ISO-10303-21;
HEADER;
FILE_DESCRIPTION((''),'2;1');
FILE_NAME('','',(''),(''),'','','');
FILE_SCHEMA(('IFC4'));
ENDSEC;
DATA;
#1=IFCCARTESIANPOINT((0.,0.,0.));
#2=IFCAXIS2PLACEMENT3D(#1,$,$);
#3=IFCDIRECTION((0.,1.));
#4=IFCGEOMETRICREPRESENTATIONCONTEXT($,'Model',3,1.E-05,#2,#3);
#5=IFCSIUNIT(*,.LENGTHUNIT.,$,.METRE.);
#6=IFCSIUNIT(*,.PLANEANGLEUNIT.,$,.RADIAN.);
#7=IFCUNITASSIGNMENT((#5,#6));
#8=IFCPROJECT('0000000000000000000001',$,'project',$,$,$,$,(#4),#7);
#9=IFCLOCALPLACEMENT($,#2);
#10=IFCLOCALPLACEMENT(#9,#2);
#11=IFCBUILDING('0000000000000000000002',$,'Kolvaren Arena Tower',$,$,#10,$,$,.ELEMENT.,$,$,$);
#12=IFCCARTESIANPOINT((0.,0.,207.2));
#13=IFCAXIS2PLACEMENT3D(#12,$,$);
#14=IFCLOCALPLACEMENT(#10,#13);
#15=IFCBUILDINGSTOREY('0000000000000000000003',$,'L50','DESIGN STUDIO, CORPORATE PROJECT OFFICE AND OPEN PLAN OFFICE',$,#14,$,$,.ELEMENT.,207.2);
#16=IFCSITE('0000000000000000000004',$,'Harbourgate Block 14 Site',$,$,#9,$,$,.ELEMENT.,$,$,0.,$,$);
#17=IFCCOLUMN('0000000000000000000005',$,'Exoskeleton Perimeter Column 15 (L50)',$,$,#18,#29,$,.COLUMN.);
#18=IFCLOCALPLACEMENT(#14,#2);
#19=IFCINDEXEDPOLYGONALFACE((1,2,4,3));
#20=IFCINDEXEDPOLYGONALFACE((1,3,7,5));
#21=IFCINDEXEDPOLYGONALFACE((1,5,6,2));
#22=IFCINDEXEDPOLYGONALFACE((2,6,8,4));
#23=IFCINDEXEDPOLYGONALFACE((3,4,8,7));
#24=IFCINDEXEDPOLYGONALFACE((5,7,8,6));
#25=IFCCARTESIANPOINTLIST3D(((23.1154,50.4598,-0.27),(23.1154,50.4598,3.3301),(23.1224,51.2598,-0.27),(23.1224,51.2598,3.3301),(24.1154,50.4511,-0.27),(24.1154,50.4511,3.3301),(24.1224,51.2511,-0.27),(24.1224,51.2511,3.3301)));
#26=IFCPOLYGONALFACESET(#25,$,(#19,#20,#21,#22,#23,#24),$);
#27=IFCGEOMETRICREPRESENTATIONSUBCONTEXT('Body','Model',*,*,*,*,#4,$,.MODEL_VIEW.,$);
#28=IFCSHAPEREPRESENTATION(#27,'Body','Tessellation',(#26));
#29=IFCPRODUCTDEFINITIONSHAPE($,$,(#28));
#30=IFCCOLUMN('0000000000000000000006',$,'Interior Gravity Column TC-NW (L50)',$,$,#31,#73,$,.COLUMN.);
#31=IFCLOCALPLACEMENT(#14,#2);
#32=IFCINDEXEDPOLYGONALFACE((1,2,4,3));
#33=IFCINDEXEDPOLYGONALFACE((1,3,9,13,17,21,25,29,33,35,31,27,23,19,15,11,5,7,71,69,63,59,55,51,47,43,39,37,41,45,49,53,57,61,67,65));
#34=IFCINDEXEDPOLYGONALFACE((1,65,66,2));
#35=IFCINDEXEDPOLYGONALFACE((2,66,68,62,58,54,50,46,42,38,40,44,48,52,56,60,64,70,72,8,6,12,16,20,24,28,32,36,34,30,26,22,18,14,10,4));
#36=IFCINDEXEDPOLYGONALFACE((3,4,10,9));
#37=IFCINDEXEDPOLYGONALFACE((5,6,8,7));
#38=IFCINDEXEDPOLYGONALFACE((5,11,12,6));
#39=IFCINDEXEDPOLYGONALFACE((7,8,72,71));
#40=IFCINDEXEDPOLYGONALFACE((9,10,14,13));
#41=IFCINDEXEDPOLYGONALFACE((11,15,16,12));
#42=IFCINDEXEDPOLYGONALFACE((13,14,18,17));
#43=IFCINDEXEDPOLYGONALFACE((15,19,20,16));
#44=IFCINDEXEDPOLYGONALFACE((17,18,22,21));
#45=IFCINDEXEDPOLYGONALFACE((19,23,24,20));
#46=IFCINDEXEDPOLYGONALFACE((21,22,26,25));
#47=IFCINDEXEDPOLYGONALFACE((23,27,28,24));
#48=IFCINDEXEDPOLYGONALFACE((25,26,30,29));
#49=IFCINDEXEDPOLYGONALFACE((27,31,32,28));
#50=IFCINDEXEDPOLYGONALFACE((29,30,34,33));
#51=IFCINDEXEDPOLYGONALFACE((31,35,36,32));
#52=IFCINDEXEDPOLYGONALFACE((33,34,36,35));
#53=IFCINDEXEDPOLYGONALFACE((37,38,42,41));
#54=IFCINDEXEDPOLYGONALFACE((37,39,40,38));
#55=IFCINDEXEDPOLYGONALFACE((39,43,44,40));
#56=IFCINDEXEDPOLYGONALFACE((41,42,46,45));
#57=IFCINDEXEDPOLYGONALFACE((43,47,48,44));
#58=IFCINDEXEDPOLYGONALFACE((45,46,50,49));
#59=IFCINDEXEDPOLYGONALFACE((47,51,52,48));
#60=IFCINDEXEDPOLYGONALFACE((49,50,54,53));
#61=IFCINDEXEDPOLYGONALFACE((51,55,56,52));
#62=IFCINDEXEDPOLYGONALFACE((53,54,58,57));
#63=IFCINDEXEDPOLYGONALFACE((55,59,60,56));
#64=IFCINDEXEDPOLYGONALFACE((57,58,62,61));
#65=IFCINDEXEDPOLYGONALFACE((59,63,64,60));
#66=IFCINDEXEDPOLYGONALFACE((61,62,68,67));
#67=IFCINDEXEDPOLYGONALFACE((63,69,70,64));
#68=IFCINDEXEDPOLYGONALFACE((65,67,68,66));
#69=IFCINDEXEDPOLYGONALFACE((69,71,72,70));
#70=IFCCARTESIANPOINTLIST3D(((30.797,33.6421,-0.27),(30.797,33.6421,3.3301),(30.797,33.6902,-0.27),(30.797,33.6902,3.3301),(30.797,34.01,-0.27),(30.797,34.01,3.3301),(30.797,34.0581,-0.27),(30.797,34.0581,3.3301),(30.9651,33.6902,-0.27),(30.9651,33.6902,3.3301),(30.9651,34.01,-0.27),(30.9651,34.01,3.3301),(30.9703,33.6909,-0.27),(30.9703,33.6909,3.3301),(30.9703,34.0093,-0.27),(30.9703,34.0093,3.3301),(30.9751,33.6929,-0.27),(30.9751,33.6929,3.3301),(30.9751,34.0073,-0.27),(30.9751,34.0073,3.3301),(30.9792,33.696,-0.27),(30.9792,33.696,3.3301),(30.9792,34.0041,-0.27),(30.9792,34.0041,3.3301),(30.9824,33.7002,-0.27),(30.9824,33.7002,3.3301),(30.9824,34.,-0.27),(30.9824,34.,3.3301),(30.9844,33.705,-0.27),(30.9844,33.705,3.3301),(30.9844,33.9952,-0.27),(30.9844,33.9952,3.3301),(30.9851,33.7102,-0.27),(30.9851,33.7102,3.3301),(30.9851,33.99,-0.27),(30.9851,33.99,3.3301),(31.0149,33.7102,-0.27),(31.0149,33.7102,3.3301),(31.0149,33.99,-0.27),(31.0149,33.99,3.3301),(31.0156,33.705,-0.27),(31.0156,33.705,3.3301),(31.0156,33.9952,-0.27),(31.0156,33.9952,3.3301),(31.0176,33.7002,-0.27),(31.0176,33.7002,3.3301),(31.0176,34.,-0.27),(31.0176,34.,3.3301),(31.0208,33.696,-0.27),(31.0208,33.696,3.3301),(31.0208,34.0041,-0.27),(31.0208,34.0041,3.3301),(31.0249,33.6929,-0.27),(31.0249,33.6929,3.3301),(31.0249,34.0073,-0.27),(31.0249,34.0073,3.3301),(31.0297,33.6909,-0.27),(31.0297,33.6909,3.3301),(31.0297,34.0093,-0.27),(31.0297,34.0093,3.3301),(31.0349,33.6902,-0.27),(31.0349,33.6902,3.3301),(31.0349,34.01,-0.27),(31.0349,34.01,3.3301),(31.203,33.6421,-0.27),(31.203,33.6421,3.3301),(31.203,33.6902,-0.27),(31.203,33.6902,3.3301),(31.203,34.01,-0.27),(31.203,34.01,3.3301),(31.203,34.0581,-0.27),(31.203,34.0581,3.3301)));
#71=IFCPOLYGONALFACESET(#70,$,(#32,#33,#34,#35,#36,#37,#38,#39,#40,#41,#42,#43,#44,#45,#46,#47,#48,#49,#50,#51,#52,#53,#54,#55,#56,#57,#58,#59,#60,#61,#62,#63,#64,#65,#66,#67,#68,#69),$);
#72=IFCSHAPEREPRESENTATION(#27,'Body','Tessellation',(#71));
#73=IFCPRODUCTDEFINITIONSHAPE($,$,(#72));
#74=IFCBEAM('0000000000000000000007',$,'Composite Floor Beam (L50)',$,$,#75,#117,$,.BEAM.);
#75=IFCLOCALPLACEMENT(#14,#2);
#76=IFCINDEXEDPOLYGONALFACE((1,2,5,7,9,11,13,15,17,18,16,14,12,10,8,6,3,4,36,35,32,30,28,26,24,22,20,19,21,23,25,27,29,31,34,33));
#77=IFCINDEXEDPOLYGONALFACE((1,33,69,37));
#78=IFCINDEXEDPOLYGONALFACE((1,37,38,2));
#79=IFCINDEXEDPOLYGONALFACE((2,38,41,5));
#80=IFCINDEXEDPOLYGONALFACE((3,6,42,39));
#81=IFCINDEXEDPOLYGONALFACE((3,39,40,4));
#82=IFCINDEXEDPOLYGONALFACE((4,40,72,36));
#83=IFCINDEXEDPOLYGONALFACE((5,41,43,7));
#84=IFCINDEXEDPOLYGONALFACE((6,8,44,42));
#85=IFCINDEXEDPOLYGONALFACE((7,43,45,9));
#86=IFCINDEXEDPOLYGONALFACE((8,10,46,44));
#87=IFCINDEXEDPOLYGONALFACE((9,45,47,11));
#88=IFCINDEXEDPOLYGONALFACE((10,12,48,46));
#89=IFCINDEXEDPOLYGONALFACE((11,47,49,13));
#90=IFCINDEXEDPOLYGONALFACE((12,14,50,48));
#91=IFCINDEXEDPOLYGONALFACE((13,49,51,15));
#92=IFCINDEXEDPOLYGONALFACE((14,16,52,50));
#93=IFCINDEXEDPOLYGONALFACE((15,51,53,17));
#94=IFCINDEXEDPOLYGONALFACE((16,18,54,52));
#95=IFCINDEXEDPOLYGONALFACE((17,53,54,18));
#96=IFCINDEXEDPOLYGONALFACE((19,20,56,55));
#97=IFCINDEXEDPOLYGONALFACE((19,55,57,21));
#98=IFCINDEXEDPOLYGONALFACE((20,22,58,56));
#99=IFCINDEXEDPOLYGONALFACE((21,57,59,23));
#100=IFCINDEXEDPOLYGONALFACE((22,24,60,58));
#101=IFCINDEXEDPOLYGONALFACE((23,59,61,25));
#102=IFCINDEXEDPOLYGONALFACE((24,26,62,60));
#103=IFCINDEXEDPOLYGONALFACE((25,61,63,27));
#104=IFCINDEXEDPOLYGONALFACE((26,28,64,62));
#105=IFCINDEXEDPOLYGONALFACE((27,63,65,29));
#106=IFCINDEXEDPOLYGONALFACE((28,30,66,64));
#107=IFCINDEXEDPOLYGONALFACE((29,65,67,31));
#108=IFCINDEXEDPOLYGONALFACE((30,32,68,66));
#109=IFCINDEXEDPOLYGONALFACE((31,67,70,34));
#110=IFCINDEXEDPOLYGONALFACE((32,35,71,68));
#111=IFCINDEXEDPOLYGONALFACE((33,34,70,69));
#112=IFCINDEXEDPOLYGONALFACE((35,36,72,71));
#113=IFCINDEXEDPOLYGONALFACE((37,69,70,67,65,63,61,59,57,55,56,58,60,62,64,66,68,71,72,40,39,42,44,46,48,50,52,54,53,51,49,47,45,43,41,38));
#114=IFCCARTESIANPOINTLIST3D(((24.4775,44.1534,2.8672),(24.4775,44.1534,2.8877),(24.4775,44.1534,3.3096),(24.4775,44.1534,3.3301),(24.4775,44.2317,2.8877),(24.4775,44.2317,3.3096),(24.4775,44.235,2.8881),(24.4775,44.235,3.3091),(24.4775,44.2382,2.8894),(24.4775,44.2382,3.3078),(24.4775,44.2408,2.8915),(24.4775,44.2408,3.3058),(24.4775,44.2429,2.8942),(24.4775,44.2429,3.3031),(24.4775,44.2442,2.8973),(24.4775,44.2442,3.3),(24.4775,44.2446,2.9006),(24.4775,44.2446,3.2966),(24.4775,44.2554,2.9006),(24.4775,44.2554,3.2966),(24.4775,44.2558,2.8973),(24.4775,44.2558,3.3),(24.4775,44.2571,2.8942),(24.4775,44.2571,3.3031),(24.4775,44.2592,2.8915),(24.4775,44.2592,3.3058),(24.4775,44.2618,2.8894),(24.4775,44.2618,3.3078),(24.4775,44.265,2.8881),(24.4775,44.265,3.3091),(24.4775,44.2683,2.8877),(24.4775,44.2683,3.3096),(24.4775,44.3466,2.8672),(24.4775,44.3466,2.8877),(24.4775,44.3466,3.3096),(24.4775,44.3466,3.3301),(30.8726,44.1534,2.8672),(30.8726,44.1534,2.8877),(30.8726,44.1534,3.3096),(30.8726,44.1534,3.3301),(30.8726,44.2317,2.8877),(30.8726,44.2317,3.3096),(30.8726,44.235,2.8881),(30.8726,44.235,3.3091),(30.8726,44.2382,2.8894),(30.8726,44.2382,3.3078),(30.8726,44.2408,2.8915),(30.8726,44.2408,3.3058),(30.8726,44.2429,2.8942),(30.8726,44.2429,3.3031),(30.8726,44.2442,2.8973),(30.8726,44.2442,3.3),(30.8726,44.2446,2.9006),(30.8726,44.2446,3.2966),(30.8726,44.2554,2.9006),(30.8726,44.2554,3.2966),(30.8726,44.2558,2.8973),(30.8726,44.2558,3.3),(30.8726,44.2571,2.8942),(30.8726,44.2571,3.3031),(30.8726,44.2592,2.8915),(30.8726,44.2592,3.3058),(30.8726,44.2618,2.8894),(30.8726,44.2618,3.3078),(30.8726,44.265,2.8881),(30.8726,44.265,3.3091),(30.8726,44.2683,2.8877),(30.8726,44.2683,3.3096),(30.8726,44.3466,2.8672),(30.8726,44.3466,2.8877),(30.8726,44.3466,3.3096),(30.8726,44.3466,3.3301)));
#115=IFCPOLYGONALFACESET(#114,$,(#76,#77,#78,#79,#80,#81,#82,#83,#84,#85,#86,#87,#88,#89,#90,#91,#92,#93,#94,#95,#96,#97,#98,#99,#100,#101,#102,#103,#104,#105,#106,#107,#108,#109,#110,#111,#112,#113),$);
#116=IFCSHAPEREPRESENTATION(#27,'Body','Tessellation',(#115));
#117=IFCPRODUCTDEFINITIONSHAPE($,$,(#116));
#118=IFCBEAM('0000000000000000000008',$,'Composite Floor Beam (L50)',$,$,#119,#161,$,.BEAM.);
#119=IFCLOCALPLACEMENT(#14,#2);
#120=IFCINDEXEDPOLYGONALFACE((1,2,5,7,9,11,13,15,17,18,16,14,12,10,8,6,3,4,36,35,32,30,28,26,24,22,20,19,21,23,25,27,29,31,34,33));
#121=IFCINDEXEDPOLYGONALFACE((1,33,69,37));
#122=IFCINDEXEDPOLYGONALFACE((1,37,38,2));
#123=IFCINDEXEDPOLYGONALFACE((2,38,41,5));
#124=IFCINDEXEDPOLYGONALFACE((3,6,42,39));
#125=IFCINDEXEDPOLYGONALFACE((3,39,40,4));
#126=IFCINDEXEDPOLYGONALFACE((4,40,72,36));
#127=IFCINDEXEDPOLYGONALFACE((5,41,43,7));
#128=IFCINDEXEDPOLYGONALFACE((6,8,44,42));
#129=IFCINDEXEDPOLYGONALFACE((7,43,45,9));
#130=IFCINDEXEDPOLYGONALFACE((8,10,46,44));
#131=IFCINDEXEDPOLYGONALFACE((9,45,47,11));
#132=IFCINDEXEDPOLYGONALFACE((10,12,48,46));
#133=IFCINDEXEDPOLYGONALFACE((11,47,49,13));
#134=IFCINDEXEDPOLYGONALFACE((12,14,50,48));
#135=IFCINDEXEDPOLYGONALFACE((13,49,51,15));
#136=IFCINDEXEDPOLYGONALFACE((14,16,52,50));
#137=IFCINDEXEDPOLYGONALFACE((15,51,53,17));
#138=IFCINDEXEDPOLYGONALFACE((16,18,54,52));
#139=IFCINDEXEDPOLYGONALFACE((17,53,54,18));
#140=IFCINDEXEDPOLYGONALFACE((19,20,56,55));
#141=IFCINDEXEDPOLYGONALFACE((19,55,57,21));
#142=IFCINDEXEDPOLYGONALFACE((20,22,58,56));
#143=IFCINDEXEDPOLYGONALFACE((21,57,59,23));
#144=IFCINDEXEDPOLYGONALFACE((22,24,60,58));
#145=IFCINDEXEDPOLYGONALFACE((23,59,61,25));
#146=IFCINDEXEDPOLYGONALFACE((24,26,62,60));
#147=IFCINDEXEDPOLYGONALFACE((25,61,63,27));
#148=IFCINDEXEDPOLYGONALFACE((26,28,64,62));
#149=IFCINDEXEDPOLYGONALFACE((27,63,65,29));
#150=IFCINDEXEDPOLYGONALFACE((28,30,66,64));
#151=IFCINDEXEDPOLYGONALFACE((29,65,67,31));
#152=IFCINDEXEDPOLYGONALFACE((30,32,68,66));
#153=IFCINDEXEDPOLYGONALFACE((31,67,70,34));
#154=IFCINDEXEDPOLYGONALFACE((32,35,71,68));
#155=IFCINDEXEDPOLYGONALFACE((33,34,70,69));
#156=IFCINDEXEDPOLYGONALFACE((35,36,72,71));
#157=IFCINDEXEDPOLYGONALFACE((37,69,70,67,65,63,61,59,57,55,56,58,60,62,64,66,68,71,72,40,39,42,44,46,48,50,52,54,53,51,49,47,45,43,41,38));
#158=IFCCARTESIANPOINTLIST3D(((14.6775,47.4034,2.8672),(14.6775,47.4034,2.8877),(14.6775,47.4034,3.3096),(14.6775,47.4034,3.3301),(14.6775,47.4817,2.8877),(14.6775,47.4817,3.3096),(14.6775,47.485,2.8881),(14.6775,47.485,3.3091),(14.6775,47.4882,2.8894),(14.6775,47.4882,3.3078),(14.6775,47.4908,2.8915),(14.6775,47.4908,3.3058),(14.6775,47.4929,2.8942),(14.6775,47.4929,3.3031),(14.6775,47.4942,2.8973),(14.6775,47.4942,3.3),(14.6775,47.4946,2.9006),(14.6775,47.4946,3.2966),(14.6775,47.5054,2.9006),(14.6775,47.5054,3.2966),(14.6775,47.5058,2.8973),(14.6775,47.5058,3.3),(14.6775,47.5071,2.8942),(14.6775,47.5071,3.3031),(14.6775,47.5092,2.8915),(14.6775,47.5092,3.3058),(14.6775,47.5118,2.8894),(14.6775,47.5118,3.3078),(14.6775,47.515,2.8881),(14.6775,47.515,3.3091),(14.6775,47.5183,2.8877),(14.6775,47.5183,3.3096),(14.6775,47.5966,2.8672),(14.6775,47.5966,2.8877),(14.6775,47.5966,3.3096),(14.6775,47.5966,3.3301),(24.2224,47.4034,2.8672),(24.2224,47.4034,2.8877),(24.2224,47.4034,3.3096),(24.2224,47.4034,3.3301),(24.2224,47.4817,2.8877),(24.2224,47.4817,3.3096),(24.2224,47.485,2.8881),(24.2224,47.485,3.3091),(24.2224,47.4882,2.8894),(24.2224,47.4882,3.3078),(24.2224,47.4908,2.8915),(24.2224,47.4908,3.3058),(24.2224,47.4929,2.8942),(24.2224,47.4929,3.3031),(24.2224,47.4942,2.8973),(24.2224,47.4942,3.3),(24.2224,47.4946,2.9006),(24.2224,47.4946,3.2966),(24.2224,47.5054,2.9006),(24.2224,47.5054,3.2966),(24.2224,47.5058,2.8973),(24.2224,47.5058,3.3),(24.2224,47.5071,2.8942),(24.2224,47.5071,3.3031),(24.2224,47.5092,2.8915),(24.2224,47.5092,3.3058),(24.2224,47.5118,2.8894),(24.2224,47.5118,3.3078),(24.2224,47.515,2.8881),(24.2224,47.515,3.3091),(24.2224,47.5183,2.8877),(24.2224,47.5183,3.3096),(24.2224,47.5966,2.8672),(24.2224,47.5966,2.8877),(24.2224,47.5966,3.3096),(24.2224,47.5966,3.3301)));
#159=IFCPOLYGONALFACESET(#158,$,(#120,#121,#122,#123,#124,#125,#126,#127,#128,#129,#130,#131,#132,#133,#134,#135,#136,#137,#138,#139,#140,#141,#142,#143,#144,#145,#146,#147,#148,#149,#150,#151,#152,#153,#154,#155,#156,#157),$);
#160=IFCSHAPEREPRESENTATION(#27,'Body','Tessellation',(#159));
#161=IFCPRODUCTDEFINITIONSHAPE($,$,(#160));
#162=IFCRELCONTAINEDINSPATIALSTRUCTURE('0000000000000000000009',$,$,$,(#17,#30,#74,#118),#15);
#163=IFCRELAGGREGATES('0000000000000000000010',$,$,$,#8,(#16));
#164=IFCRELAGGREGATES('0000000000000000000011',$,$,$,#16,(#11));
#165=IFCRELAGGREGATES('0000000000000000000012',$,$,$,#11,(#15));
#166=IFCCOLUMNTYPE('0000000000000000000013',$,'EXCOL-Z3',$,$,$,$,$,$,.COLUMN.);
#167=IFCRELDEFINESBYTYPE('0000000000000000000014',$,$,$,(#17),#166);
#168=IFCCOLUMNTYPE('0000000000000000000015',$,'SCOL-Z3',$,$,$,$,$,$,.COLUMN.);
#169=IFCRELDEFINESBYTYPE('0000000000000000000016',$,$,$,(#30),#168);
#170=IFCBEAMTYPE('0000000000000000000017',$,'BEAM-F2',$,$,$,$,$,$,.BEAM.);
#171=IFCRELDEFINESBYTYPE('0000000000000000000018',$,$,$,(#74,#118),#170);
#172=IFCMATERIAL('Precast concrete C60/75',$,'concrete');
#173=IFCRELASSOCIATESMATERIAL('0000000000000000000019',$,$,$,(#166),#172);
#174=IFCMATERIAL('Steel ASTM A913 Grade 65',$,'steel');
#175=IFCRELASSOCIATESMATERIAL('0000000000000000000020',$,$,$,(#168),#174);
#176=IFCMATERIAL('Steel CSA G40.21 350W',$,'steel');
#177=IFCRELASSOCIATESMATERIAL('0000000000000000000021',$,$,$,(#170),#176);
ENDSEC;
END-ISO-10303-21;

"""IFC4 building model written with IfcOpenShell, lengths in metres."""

from ifc_helpers import new_model, si_unit, direction, frame, origin, origin_2d, place, context, subcontext, project, spatial, rectangle, i_section, extrude, material, material_profile, profile_set, type_object, element, save


model = new_model("IFC4")

# Units and contexts
model_context = context("Model", 3, precision=1e-05, world=origin(), true_north=direction((0.0, 1.0)))
body_context = subcontext(model_context, "Body", "Model", "MODEL_VIEW")
ifc_project = project(units=[si_unit("LENGTHUNIT", "METRE"), si_unit("PLANEANGLEUNIT", "RADIAN")], contexts=[model_context])

# Site, building, storey
site_placement = place(None, origin())
site = spatial("IfcSite", under=ifc_project, at=site_placement, Name="Harbourgate Block 14 Site", CompositionType="ELEMENT", RefElevation=0.0)
building_placement = place(site_placement, origin())
building = spatial("IfcBuilding", under=site, at=building_placement, Name="Kolvaren Arena Tower", CompositionType="ELEMENT")
storey_placement = place(building_placement, frame((0.0, 0.0, 207.2)))
storey = spatial("IfcBuildingStorey", under=building, at=storey_placement, Name="L50", Description="DESIGN STUDIO, CORPORATE PROJECT OFFICE AND OPEN PLAN OFFICE", CompositionType="ELEMENT", Elevation=207.2)

# Columns
ifc_material_1 = material(Name="Precast concrete C60/75", Category="concrete")
ifc_material_profile_1 = material_profile(ifc_material_1, rectangle(XDim=1.0, YDim=0.8, at=origin_2d()), Name="RC-1000x800")
ifc_profile_set_1 = profile_set([ifc_material_profile_1], Name="Precast concrete C60/75")
column_type_1 = type_object("IfcColumnType", Name="EXCOL-Z3", PredefinedType="COLUMN", material=ifc_profile_set_1)
column_1_placement = place(storey_placement, frame((23.6189, 50.8555, -0.27), z_axis=(0.0, 0.0, 1.0), x_axis=(0.999962, -0.008727, 0.0)))
element("IfcColumn", 1, at=column_1_placement, inside=storey, type_object=column_type_1, Name="Exoskeleton Perimeter Column 15 (L50)", PredefinedType="COLUMN", context=body_context, shape_type="SweptSolid", body=[
    extrude(rectangle(XDim=1.0, YDim=0.8, at=origin_2d()), origin(), (0.0, 0.0, 1.0), 3.6001),
])
ifc_material_2 = material(Name="Steel ASTM A913 Grade 65", Category="steel")
ifc_material_profile_2 = material_profile(ifc_material_2, i_section(OverallWidth=0.406, OverallDepth=0.416, WebThickness=0.0298, FlangeThickness=0.0481, FilletRadius=0.02, at=origin_2d()), Name="W360x382")
ifc_profile_set_2 = profile_set([ifc_material_profile_2], Name="Steel ASTM A913 Grade 65")
column_type_2 = type_object("IfcColumnType", Name="SCOL-Z3", PredefinedType="COLUMN", material=ifc_profile_set_2)
column_2_placement = place(storey_placement, frame((31.0, 33.8501, -0.27), z_axis=(0.0, 0.0, 1.0), x_axis=(1.0, 0.0, 0.0)))
element("IfcColumn", 2, at=column_2_placement, inside=storey, type_object=column_type_2, Name="Interior Gravity Column TC-NW (L50)", PredefinedType="COLUMN", context=body_context, shape_type="SweptSolid", body=[
    extrude(i_section(OverallWidth=0.406, OverallDepth=0.416, WebThickness=0.0298, FlangeThickness=0.0481, FilletRadius=0.02, at=origin_2d()), origin(), (0.0, 0.0, 1.0), 3.6001),
])

# Beams
ifc_material_3 = material(Name="Steel CSA G40.21 350W", Category="steel")
ifc_material_profile_3 = material_profile(ifc_material_3, i_section(OverallWidth=0.1931, OverallDepth=0.4629, WebThickness=0.0107, FlangeThickness=0.0205, FilletRadius=0.0129, at=origin_2d()), Name="W460x113")
ifc_profile_set_3 = profile_set([ifc_material_profile_3], Name="Steel CSA G40.21 350W")
beam_type_1 = type_object("IfcBeamType", Name="BEAM-F2", PredefinedType="BEAM", material=ifc_profile_set_3)
beam_1_placement = place(storey_placement, frame((24.4775, 44.25, 3.0986), z_axis=(1.0, 0.0, 0.0), x_axis=(0.0, 1.0, 0.0)))
element("IfcBeam", 3, at=beam_1_placement, inside=storey, type_object=beam_type_1, Name="Composite Floor Beam (L50)", PredefinedType="BEAM", context=body_context, shape_type="SweptSolid", body=[
    extrude(i_section(OverallWidth=0.1931, OverallDepth=0.4629, WebThickness=0.0107, FlangeThickness=0.0205, FilletRadius=0.0129, at=origin_2d()), origin(), (0.0, 0.0, 1.0), 6.395),
])
beam_2_placement = place(storey_placement, frame((14.6775, 47.5, 3.0986), z_axis=(1.0, 0.0, 0.0), x_axis=(0.0, 1.0, 0.0)))
element("IfcBeam", 4, at=beam_2_placement, inside=storey, type_object=beam_type_1, Name="Composite Floor Beam (L50)", PredefinedType="BEAM", context=body_context, shape_type="SweptSolid", body=[
    extrude(i_section(OverallWidth=0.1931, OverallDepth=0.4629, WebThickness=0.0107, FlangeThickness=0.0205, FilletRadius=0.0129, at=origin_2d()), origin(), (0.0, 0.0, 1.0), 9.5449),
])

save(model, "model.ifc")
